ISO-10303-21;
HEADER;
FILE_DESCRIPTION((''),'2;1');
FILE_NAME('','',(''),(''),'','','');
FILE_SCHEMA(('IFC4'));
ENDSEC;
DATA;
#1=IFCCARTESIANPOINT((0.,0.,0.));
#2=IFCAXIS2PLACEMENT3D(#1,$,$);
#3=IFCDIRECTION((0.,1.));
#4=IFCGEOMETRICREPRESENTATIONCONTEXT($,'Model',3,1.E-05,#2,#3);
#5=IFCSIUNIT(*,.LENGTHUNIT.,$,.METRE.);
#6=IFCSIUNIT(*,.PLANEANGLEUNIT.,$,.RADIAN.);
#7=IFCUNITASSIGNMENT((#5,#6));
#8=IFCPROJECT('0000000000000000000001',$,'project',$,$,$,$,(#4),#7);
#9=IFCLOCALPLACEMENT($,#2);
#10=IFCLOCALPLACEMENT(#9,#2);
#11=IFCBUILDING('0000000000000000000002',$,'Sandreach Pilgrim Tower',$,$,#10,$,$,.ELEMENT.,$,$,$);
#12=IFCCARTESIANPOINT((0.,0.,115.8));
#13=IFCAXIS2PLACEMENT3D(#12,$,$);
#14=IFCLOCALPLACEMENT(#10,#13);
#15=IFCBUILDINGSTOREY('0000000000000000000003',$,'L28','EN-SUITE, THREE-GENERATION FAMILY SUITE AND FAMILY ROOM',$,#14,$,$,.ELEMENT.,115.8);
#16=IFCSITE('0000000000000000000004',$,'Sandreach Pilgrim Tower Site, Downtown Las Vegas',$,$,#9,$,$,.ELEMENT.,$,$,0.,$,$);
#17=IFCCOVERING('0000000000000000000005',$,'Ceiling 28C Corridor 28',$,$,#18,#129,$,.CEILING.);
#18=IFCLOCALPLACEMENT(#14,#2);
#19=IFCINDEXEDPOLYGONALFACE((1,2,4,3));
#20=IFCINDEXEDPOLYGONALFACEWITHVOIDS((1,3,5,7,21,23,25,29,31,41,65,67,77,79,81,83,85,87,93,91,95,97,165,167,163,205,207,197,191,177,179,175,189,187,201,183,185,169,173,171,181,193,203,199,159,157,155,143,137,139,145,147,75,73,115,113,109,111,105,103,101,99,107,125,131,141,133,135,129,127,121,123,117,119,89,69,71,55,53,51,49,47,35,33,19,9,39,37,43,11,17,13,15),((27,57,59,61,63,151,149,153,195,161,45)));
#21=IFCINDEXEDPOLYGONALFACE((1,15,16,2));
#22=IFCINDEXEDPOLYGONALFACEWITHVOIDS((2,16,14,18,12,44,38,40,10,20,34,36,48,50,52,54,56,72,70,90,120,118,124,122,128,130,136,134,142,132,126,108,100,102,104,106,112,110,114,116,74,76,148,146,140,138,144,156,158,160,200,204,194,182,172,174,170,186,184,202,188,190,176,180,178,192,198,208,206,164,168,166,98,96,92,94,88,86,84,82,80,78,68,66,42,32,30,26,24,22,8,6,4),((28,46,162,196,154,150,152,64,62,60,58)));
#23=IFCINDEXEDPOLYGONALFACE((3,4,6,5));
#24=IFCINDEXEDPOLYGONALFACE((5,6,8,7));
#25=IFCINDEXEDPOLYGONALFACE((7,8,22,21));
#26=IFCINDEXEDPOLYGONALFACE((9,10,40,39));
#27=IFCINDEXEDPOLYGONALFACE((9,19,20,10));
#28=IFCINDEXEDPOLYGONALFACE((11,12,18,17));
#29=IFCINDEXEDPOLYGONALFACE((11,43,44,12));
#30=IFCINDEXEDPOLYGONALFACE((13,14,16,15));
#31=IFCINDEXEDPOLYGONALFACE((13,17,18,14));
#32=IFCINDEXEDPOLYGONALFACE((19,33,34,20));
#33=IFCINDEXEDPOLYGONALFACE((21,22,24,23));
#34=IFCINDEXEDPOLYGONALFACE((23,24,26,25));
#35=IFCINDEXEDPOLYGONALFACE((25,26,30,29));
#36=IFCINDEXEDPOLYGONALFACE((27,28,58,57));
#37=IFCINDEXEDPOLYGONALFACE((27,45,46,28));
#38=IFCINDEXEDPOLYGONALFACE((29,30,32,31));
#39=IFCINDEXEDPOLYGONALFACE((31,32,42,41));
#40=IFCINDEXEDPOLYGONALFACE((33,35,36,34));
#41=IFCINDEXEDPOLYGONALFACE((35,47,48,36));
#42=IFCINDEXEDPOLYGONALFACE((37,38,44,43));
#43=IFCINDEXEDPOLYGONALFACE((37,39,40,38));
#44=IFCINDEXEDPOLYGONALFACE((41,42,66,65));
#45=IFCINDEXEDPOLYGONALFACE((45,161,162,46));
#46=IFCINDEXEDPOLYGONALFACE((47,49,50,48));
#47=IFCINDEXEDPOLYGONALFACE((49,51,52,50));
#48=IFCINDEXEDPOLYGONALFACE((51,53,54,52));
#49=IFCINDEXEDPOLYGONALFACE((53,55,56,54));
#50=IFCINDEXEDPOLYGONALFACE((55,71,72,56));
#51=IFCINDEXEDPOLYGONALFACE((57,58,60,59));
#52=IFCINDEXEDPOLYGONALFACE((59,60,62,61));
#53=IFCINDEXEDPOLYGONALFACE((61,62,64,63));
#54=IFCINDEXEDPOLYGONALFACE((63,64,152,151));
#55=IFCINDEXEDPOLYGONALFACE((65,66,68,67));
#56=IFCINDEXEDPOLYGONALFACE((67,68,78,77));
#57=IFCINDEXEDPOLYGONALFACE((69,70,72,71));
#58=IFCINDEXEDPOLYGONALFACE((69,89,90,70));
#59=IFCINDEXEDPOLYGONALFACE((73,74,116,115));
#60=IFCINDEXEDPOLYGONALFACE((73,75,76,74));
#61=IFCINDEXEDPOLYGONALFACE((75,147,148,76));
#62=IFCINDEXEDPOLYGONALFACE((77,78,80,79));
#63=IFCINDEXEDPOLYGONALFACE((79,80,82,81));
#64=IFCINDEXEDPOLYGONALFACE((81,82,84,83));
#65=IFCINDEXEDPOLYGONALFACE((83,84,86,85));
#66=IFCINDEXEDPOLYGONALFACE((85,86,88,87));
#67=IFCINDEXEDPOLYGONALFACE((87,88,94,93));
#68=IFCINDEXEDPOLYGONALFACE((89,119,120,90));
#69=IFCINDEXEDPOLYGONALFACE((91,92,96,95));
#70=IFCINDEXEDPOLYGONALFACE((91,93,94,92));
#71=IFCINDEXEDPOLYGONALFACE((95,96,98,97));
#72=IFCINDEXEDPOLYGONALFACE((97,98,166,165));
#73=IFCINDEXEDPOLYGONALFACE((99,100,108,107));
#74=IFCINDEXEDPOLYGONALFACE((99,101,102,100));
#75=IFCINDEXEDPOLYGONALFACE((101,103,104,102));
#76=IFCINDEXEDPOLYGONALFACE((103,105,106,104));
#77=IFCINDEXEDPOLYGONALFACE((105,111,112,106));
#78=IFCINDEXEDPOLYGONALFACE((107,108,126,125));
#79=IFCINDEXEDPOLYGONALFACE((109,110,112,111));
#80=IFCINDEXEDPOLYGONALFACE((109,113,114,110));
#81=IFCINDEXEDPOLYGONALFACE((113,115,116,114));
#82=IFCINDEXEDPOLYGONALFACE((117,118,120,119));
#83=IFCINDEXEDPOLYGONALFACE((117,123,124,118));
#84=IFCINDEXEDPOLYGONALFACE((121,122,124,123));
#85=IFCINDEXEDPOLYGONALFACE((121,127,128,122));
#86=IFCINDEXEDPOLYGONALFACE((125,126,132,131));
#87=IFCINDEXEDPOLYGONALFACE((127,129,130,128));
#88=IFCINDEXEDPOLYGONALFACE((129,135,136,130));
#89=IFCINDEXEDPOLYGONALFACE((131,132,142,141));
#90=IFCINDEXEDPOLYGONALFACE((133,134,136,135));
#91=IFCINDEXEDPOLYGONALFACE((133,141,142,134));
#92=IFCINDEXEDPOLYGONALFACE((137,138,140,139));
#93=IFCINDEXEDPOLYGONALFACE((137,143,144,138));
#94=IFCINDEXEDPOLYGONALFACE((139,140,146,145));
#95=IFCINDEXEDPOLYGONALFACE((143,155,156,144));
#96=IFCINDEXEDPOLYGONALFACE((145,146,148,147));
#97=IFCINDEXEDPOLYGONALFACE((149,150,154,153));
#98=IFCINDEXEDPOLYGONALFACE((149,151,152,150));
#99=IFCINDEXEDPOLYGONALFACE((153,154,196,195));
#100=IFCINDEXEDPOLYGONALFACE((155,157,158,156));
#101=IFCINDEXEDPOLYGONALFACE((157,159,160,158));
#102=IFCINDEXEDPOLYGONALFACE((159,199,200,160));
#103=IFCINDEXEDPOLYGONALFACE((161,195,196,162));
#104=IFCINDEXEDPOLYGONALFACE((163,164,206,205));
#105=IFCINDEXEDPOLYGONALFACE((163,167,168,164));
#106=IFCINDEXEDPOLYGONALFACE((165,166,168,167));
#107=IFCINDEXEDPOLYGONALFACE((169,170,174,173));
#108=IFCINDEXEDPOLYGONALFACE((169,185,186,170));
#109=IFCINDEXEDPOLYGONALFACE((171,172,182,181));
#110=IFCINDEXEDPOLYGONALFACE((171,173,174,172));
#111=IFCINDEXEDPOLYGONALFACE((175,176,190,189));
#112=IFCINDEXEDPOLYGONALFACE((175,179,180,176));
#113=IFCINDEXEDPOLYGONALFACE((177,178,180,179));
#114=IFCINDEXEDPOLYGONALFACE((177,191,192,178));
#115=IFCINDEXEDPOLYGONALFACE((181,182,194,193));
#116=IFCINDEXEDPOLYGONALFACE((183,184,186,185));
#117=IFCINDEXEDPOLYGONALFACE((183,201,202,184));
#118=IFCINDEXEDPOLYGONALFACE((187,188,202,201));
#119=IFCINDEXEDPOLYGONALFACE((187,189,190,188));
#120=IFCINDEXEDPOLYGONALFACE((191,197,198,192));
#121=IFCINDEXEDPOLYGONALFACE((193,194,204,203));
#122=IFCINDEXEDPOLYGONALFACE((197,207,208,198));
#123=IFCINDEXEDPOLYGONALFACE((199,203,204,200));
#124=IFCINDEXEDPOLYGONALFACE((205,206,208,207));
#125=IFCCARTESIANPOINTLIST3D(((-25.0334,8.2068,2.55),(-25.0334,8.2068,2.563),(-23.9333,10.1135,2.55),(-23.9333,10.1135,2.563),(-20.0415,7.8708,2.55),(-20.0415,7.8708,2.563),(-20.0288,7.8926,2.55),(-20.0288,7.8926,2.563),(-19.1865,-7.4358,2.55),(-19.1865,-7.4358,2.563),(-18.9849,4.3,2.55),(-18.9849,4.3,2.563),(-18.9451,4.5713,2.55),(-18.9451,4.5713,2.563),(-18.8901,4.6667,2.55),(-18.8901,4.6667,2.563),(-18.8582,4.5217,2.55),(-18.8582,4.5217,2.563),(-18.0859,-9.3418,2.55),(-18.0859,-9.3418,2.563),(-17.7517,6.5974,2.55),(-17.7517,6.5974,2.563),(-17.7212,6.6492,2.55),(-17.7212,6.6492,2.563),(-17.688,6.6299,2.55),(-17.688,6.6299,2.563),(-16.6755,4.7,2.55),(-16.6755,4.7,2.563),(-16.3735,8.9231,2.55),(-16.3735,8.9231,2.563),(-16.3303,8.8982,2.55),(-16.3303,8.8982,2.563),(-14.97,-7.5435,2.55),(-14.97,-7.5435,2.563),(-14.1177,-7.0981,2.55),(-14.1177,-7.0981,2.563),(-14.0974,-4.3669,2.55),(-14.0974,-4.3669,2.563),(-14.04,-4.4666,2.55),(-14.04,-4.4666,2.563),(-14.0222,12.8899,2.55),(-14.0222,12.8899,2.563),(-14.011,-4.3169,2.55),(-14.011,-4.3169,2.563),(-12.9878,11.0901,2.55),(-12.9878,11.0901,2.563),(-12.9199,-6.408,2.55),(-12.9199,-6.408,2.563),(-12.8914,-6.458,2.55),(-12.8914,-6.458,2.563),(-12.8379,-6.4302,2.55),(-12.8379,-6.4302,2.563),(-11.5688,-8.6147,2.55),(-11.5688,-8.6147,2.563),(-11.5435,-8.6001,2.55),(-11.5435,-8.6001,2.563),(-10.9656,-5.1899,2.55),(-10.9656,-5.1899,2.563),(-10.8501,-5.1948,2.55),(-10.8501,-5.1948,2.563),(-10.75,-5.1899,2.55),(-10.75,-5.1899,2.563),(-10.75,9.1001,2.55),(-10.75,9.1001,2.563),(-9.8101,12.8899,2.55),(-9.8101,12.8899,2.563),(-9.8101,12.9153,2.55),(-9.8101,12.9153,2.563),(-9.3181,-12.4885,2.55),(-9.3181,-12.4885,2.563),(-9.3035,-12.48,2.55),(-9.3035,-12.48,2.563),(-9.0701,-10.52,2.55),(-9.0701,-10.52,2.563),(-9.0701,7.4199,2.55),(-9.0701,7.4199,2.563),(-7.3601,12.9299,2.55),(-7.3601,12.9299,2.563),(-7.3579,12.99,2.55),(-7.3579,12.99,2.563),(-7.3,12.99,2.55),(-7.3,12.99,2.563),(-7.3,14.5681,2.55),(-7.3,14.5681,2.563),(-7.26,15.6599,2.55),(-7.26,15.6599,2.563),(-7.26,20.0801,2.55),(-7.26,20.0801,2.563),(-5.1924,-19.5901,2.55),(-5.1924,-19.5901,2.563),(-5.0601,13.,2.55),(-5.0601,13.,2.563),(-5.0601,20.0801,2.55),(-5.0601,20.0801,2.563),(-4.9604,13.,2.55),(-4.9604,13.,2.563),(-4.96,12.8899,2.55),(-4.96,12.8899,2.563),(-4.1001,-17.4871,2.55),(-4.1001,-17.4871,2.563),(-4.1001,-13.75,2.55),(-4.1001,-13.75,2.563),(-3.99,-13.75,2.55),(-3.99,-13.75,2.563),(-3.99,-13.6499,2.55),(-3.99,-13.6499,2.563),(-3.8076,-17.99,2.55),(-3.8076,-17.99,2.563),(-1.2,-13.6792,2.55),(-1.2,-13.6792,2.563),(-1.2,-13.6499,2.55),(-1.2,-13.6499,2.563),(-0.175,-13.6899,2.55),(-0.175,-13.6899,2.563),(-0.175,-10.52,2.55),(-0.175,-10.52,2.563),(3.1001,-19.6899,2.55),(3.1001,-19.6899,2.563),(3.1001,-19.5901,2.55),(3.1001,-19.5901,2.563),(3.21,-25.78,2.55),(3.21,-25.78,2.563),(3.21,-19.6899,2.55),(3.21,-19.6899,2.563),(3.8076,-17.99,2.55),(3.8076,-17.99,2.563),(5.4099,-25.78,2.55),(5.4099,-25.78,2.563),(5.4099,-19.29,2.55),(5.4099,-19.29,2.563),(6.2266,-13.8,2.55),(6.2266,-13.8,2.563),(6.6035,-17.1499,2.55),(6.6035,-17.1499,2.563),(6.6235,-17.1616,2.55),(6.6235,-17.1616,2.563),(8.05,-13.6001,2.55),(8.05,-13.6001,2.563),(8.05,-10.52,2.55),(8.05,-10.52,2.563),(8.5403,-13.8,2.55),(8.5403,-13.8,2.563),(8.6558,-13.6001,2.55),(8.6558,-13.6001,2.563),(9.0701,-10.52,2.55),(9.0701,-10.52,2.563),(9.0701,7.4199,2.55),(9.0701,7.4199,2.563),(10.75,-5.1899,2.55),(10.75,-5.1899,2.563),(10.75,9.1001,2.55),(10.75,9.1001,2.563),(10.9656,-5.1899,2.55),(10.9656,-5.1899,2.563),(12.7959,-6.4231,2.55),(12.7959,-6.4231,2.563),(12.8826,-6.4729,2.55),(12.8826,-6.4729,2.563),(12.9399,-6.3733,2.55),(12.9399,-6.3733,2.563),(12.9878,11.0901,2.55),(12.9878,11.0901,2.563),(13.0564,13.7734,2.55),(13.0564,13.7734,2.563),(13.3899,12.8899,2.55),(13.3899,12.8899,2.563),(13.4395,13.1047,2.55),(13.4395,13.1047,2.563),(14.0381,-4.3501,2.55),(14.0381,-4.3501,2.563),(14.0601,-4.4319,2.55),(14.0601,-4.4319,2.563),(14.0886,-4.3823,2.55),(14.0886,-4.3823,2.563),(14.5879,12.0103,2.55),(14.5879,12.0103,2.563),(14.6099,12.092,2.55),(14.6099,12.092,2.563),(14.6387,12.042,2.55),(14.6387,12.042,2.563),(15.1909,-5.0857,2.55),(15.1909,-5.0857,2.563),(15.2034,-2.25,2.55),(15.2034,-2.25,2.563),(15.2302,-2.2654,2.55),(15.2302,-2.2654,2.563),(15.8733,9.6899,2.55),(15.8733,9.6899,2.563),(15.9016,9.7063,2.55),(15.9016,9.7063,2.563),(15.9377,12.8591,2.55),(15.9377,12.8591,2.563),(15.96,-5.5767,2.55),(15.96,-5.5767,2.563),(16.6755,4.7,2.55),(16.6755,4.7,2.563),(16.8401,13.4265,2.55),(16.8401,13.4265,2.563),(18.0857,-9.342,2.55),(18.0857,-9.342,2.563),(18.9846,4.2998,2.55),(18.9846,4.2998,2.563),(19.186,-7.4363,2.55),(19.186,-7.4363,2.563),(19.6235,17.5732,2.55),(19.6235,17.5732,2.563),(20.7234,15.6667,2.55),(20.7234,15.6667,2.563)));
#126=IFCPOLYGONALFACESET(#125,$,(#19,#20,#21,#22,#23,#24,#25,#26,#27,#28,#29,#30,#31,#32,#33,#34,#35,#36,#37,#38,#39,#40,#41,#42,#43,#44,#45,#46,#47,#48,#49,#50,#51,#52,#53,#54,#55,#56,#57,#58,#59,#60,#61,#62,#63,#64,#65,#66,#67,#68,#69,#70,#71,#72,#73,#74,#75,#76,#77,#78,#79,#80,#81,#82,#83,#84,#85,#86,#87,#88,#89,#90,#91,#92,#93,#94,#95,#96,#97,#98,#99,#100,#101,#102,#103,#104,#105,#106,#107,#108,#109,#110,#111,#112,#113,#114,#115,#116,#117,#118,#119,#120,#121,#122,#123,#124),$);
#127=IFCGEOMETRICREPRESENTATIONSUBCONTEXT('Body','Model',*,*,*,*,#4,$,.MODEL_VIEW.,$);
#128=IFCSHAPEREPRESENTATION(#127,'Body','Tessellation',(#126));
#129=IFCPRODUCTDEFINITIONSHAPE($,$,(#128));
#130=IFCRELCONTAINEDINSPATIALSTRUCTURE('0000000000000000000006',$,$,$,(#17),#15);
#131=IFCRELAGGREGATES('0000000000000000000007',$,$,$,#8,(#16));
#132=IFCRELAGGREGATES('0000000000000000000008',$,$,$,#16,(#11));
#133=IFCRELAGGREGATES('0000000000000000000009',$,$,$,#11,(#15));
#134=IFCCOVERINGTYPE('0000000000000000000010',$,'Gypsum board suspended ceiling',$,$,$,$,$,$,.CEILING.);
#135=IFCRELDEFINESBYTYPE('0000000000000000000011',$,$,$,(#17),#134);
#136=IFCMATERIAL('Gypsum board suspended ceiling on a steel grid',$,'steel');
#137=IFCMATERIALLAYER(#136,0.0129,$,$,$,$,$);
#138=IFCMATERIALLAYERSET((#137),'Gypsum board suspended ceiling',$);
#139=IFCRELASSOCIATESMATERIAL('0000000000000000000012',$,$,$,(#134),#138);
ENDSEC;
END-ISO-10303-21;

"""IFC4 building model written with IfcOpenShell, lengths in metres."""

from ifc_helpers import new_model, si_unit, direction, frame, origin, place, context, subcontext, project, spatial, polyline, outline, extrude, material, layer, layer_set, type_object, element, save


model = new_model("IFC4")

# Units and contexts
model_context = context("Model", 3, precision=1e-05, world=origin(), true_north=direction((0.0, 1.0)))
body_context = subcontext(model_context, "Body", "Model", "MODEL_VIEW")
ifc_project = project(units=[si_unit("LENGTHUNIT", "METRE"), si_unit("PLANEANGLEUNIT", "RADIAN")], contexts=[model_context])

# Site, building, storey
site_placement = place(None, origin())
site = spatial("IfcSite", under=ifc_project, at=site_placement, Name="Sandreach Pilgrim Tower Site, Downtown Las Vegas", CompositionType="ELEMENT", RefElevation=0.0)
building_placement = place(site_placement, origin())
building = spatial("IfcBuilding", under=site, at=building_placement, Name="Sandreach Pilgrim Tower", CompositionType="ELEMENT")
storey_placement = place(building_placement, frame((0.0, 0.0, 115.8)))
storey = spatial("IfcBuildingStorey", under=building, at=storey_placement, Name="L28", Description="EN-SUITE, THREE-GENERATION FAMILY SUITE AND FAMILY ROOM", CompositionType="ELEMENT", Elevation=115.8)

# Covering
ifc_material_1 = material(Name="Gypsum board suspended ceiling on a steel grid", Category="steel")
ifc_layer_1 = layer(ifc_material_1, 0.0129)
ifc_layer_set_1 = layer_set([ifc_layer_1], Name="Gypsum board suspended ceiling")
covering_type_1 = type_object("IfcCoveringType", Name="Gypsum board suspended ceiling", PredefinedType="CEILING", material=ifc_layer_set_1)
covering_1_placement = place(storey_placement, frame((0.0, 0.0, 2.55)))
element("IfcCovering", 1, at=covering_1_placement, inside=storey, type_object=covering_type_1, Name="Ceiling 28C Corridor 28", PredefinedType="CEILING", context=body_context, shape_type="SweptSolid", body=[
    extrude(outline(polyline([(-25.0334, 8.2068), (-23.9333, 10.1135), (-20.0415, 7.8708), (-20.0288, 7.8926), (-17.7517, 6.5974), (-17.7212, 6.6492), (-17.688, 6.6299), (-16.3735, 8.9231), (-16.3303, 8.8982), (-14.0222, 12.8899), (-9.8101, 12.8899), (-9.8101, 12.9153), (-7.3601, 12.9299), (-7.3579, 12.99), (-7.3, 12.99), (-7.3, 14.5681), (-7.26, 15.6599), (-7.26, 20.0801), (-5.0601, 20.0801), (-5.0601, 13.0), (-4.9604, 13.0), (-4.96, 12.8899), (13.3899, 12.8899), (13.4395, 13.1047), (13.0564, 13.7734), (19.6235, 17.5732), (20.7234, 15.6667), (16.8401, 13.4265), (15.9377, 12.8591), (14.6099, 12.092), (14.6387, 12.042), (14.5879, 12.0103), (15.9016, 9.7063), (15.8733, 9.6899), (18.9846, 4.2998), (15.2034, -2.25), (15.2302, -2.2654), (14.0381, -4.3501), (14.0886, -4.3823), (14.0601, -4.4319), (15.1909, -5.0857), (15.96, -5.5767), (19.186, -7.4363), (18.0857, -9.342), (12.9399, -6.3733), (12.8826, -6.4729), (12.7959, -6.4231), (8.6558, -13.6001), (8.05, -13.6001), (8.05, -10.52), (9.0701, -10.52), (9.0701, 7.4199), (-9.0701, 7.4199), (-9.0701, -10.52), (-0.175, -10.52), (-0.175, -13.6899), (-1.2, -13.6792), (-1.2, -13.6499), (-3.99, -13.6499), (-3.99, -13.75), (-4.1001, -13.75), (-4.1001, -17.4871), (-3.8076, -17.99), (3.8076, -17.99), (6.2266, -13.8), (8.5403, -13.8), (6.6035, -17.1499), (6.6235, -17.1616), (5.4099, -19.29), (5.4099, -25.78), (3.21, -25.78), (3.21, -19.6899), (3.1001, -19.6899), (3.1001, -19.5901), (-5.1924, -19.5901), (-9.3181, -12.4885), (-9.3035, -12.48), (-11.5435, -8.6001), (-11.5688, -8.6147), (-12.8379, -6.4302), (-12.8914, -6.458), (-12.9199, -6.408), (-14.1177, -7.0981), (-14.97, -7.5435), (-18.0859, -9.3418), (-19.1865, -7.4358), (-14.04, -4.4666), (-14.0974, -4.3669), (-14.011, -4.3169), (-18.9849, 4.3), (-18.8582, 4.5217), (-18.9451, 4.5713), (-18.8901, 4.6667), (-25.0334, 8.2068)]), holes=[polyline([(-16.6755, 4.7), (-10.9656, -5.1899), (-10.8501, -5.1948), (-10.75, -5.1899), (-10.75, 9.1001), (10.75, 9.1001), (10.75, -5.1899), (10.9656, -5.1899), (16.6755, 4.7), (12.9878, 11.0901), (-12.9878, 11.0901), (-16.6755, 4.7)])]), origin(), (0.0, 0.0, 1.0), 0.0129),
])

save(model, "model.ifc")
